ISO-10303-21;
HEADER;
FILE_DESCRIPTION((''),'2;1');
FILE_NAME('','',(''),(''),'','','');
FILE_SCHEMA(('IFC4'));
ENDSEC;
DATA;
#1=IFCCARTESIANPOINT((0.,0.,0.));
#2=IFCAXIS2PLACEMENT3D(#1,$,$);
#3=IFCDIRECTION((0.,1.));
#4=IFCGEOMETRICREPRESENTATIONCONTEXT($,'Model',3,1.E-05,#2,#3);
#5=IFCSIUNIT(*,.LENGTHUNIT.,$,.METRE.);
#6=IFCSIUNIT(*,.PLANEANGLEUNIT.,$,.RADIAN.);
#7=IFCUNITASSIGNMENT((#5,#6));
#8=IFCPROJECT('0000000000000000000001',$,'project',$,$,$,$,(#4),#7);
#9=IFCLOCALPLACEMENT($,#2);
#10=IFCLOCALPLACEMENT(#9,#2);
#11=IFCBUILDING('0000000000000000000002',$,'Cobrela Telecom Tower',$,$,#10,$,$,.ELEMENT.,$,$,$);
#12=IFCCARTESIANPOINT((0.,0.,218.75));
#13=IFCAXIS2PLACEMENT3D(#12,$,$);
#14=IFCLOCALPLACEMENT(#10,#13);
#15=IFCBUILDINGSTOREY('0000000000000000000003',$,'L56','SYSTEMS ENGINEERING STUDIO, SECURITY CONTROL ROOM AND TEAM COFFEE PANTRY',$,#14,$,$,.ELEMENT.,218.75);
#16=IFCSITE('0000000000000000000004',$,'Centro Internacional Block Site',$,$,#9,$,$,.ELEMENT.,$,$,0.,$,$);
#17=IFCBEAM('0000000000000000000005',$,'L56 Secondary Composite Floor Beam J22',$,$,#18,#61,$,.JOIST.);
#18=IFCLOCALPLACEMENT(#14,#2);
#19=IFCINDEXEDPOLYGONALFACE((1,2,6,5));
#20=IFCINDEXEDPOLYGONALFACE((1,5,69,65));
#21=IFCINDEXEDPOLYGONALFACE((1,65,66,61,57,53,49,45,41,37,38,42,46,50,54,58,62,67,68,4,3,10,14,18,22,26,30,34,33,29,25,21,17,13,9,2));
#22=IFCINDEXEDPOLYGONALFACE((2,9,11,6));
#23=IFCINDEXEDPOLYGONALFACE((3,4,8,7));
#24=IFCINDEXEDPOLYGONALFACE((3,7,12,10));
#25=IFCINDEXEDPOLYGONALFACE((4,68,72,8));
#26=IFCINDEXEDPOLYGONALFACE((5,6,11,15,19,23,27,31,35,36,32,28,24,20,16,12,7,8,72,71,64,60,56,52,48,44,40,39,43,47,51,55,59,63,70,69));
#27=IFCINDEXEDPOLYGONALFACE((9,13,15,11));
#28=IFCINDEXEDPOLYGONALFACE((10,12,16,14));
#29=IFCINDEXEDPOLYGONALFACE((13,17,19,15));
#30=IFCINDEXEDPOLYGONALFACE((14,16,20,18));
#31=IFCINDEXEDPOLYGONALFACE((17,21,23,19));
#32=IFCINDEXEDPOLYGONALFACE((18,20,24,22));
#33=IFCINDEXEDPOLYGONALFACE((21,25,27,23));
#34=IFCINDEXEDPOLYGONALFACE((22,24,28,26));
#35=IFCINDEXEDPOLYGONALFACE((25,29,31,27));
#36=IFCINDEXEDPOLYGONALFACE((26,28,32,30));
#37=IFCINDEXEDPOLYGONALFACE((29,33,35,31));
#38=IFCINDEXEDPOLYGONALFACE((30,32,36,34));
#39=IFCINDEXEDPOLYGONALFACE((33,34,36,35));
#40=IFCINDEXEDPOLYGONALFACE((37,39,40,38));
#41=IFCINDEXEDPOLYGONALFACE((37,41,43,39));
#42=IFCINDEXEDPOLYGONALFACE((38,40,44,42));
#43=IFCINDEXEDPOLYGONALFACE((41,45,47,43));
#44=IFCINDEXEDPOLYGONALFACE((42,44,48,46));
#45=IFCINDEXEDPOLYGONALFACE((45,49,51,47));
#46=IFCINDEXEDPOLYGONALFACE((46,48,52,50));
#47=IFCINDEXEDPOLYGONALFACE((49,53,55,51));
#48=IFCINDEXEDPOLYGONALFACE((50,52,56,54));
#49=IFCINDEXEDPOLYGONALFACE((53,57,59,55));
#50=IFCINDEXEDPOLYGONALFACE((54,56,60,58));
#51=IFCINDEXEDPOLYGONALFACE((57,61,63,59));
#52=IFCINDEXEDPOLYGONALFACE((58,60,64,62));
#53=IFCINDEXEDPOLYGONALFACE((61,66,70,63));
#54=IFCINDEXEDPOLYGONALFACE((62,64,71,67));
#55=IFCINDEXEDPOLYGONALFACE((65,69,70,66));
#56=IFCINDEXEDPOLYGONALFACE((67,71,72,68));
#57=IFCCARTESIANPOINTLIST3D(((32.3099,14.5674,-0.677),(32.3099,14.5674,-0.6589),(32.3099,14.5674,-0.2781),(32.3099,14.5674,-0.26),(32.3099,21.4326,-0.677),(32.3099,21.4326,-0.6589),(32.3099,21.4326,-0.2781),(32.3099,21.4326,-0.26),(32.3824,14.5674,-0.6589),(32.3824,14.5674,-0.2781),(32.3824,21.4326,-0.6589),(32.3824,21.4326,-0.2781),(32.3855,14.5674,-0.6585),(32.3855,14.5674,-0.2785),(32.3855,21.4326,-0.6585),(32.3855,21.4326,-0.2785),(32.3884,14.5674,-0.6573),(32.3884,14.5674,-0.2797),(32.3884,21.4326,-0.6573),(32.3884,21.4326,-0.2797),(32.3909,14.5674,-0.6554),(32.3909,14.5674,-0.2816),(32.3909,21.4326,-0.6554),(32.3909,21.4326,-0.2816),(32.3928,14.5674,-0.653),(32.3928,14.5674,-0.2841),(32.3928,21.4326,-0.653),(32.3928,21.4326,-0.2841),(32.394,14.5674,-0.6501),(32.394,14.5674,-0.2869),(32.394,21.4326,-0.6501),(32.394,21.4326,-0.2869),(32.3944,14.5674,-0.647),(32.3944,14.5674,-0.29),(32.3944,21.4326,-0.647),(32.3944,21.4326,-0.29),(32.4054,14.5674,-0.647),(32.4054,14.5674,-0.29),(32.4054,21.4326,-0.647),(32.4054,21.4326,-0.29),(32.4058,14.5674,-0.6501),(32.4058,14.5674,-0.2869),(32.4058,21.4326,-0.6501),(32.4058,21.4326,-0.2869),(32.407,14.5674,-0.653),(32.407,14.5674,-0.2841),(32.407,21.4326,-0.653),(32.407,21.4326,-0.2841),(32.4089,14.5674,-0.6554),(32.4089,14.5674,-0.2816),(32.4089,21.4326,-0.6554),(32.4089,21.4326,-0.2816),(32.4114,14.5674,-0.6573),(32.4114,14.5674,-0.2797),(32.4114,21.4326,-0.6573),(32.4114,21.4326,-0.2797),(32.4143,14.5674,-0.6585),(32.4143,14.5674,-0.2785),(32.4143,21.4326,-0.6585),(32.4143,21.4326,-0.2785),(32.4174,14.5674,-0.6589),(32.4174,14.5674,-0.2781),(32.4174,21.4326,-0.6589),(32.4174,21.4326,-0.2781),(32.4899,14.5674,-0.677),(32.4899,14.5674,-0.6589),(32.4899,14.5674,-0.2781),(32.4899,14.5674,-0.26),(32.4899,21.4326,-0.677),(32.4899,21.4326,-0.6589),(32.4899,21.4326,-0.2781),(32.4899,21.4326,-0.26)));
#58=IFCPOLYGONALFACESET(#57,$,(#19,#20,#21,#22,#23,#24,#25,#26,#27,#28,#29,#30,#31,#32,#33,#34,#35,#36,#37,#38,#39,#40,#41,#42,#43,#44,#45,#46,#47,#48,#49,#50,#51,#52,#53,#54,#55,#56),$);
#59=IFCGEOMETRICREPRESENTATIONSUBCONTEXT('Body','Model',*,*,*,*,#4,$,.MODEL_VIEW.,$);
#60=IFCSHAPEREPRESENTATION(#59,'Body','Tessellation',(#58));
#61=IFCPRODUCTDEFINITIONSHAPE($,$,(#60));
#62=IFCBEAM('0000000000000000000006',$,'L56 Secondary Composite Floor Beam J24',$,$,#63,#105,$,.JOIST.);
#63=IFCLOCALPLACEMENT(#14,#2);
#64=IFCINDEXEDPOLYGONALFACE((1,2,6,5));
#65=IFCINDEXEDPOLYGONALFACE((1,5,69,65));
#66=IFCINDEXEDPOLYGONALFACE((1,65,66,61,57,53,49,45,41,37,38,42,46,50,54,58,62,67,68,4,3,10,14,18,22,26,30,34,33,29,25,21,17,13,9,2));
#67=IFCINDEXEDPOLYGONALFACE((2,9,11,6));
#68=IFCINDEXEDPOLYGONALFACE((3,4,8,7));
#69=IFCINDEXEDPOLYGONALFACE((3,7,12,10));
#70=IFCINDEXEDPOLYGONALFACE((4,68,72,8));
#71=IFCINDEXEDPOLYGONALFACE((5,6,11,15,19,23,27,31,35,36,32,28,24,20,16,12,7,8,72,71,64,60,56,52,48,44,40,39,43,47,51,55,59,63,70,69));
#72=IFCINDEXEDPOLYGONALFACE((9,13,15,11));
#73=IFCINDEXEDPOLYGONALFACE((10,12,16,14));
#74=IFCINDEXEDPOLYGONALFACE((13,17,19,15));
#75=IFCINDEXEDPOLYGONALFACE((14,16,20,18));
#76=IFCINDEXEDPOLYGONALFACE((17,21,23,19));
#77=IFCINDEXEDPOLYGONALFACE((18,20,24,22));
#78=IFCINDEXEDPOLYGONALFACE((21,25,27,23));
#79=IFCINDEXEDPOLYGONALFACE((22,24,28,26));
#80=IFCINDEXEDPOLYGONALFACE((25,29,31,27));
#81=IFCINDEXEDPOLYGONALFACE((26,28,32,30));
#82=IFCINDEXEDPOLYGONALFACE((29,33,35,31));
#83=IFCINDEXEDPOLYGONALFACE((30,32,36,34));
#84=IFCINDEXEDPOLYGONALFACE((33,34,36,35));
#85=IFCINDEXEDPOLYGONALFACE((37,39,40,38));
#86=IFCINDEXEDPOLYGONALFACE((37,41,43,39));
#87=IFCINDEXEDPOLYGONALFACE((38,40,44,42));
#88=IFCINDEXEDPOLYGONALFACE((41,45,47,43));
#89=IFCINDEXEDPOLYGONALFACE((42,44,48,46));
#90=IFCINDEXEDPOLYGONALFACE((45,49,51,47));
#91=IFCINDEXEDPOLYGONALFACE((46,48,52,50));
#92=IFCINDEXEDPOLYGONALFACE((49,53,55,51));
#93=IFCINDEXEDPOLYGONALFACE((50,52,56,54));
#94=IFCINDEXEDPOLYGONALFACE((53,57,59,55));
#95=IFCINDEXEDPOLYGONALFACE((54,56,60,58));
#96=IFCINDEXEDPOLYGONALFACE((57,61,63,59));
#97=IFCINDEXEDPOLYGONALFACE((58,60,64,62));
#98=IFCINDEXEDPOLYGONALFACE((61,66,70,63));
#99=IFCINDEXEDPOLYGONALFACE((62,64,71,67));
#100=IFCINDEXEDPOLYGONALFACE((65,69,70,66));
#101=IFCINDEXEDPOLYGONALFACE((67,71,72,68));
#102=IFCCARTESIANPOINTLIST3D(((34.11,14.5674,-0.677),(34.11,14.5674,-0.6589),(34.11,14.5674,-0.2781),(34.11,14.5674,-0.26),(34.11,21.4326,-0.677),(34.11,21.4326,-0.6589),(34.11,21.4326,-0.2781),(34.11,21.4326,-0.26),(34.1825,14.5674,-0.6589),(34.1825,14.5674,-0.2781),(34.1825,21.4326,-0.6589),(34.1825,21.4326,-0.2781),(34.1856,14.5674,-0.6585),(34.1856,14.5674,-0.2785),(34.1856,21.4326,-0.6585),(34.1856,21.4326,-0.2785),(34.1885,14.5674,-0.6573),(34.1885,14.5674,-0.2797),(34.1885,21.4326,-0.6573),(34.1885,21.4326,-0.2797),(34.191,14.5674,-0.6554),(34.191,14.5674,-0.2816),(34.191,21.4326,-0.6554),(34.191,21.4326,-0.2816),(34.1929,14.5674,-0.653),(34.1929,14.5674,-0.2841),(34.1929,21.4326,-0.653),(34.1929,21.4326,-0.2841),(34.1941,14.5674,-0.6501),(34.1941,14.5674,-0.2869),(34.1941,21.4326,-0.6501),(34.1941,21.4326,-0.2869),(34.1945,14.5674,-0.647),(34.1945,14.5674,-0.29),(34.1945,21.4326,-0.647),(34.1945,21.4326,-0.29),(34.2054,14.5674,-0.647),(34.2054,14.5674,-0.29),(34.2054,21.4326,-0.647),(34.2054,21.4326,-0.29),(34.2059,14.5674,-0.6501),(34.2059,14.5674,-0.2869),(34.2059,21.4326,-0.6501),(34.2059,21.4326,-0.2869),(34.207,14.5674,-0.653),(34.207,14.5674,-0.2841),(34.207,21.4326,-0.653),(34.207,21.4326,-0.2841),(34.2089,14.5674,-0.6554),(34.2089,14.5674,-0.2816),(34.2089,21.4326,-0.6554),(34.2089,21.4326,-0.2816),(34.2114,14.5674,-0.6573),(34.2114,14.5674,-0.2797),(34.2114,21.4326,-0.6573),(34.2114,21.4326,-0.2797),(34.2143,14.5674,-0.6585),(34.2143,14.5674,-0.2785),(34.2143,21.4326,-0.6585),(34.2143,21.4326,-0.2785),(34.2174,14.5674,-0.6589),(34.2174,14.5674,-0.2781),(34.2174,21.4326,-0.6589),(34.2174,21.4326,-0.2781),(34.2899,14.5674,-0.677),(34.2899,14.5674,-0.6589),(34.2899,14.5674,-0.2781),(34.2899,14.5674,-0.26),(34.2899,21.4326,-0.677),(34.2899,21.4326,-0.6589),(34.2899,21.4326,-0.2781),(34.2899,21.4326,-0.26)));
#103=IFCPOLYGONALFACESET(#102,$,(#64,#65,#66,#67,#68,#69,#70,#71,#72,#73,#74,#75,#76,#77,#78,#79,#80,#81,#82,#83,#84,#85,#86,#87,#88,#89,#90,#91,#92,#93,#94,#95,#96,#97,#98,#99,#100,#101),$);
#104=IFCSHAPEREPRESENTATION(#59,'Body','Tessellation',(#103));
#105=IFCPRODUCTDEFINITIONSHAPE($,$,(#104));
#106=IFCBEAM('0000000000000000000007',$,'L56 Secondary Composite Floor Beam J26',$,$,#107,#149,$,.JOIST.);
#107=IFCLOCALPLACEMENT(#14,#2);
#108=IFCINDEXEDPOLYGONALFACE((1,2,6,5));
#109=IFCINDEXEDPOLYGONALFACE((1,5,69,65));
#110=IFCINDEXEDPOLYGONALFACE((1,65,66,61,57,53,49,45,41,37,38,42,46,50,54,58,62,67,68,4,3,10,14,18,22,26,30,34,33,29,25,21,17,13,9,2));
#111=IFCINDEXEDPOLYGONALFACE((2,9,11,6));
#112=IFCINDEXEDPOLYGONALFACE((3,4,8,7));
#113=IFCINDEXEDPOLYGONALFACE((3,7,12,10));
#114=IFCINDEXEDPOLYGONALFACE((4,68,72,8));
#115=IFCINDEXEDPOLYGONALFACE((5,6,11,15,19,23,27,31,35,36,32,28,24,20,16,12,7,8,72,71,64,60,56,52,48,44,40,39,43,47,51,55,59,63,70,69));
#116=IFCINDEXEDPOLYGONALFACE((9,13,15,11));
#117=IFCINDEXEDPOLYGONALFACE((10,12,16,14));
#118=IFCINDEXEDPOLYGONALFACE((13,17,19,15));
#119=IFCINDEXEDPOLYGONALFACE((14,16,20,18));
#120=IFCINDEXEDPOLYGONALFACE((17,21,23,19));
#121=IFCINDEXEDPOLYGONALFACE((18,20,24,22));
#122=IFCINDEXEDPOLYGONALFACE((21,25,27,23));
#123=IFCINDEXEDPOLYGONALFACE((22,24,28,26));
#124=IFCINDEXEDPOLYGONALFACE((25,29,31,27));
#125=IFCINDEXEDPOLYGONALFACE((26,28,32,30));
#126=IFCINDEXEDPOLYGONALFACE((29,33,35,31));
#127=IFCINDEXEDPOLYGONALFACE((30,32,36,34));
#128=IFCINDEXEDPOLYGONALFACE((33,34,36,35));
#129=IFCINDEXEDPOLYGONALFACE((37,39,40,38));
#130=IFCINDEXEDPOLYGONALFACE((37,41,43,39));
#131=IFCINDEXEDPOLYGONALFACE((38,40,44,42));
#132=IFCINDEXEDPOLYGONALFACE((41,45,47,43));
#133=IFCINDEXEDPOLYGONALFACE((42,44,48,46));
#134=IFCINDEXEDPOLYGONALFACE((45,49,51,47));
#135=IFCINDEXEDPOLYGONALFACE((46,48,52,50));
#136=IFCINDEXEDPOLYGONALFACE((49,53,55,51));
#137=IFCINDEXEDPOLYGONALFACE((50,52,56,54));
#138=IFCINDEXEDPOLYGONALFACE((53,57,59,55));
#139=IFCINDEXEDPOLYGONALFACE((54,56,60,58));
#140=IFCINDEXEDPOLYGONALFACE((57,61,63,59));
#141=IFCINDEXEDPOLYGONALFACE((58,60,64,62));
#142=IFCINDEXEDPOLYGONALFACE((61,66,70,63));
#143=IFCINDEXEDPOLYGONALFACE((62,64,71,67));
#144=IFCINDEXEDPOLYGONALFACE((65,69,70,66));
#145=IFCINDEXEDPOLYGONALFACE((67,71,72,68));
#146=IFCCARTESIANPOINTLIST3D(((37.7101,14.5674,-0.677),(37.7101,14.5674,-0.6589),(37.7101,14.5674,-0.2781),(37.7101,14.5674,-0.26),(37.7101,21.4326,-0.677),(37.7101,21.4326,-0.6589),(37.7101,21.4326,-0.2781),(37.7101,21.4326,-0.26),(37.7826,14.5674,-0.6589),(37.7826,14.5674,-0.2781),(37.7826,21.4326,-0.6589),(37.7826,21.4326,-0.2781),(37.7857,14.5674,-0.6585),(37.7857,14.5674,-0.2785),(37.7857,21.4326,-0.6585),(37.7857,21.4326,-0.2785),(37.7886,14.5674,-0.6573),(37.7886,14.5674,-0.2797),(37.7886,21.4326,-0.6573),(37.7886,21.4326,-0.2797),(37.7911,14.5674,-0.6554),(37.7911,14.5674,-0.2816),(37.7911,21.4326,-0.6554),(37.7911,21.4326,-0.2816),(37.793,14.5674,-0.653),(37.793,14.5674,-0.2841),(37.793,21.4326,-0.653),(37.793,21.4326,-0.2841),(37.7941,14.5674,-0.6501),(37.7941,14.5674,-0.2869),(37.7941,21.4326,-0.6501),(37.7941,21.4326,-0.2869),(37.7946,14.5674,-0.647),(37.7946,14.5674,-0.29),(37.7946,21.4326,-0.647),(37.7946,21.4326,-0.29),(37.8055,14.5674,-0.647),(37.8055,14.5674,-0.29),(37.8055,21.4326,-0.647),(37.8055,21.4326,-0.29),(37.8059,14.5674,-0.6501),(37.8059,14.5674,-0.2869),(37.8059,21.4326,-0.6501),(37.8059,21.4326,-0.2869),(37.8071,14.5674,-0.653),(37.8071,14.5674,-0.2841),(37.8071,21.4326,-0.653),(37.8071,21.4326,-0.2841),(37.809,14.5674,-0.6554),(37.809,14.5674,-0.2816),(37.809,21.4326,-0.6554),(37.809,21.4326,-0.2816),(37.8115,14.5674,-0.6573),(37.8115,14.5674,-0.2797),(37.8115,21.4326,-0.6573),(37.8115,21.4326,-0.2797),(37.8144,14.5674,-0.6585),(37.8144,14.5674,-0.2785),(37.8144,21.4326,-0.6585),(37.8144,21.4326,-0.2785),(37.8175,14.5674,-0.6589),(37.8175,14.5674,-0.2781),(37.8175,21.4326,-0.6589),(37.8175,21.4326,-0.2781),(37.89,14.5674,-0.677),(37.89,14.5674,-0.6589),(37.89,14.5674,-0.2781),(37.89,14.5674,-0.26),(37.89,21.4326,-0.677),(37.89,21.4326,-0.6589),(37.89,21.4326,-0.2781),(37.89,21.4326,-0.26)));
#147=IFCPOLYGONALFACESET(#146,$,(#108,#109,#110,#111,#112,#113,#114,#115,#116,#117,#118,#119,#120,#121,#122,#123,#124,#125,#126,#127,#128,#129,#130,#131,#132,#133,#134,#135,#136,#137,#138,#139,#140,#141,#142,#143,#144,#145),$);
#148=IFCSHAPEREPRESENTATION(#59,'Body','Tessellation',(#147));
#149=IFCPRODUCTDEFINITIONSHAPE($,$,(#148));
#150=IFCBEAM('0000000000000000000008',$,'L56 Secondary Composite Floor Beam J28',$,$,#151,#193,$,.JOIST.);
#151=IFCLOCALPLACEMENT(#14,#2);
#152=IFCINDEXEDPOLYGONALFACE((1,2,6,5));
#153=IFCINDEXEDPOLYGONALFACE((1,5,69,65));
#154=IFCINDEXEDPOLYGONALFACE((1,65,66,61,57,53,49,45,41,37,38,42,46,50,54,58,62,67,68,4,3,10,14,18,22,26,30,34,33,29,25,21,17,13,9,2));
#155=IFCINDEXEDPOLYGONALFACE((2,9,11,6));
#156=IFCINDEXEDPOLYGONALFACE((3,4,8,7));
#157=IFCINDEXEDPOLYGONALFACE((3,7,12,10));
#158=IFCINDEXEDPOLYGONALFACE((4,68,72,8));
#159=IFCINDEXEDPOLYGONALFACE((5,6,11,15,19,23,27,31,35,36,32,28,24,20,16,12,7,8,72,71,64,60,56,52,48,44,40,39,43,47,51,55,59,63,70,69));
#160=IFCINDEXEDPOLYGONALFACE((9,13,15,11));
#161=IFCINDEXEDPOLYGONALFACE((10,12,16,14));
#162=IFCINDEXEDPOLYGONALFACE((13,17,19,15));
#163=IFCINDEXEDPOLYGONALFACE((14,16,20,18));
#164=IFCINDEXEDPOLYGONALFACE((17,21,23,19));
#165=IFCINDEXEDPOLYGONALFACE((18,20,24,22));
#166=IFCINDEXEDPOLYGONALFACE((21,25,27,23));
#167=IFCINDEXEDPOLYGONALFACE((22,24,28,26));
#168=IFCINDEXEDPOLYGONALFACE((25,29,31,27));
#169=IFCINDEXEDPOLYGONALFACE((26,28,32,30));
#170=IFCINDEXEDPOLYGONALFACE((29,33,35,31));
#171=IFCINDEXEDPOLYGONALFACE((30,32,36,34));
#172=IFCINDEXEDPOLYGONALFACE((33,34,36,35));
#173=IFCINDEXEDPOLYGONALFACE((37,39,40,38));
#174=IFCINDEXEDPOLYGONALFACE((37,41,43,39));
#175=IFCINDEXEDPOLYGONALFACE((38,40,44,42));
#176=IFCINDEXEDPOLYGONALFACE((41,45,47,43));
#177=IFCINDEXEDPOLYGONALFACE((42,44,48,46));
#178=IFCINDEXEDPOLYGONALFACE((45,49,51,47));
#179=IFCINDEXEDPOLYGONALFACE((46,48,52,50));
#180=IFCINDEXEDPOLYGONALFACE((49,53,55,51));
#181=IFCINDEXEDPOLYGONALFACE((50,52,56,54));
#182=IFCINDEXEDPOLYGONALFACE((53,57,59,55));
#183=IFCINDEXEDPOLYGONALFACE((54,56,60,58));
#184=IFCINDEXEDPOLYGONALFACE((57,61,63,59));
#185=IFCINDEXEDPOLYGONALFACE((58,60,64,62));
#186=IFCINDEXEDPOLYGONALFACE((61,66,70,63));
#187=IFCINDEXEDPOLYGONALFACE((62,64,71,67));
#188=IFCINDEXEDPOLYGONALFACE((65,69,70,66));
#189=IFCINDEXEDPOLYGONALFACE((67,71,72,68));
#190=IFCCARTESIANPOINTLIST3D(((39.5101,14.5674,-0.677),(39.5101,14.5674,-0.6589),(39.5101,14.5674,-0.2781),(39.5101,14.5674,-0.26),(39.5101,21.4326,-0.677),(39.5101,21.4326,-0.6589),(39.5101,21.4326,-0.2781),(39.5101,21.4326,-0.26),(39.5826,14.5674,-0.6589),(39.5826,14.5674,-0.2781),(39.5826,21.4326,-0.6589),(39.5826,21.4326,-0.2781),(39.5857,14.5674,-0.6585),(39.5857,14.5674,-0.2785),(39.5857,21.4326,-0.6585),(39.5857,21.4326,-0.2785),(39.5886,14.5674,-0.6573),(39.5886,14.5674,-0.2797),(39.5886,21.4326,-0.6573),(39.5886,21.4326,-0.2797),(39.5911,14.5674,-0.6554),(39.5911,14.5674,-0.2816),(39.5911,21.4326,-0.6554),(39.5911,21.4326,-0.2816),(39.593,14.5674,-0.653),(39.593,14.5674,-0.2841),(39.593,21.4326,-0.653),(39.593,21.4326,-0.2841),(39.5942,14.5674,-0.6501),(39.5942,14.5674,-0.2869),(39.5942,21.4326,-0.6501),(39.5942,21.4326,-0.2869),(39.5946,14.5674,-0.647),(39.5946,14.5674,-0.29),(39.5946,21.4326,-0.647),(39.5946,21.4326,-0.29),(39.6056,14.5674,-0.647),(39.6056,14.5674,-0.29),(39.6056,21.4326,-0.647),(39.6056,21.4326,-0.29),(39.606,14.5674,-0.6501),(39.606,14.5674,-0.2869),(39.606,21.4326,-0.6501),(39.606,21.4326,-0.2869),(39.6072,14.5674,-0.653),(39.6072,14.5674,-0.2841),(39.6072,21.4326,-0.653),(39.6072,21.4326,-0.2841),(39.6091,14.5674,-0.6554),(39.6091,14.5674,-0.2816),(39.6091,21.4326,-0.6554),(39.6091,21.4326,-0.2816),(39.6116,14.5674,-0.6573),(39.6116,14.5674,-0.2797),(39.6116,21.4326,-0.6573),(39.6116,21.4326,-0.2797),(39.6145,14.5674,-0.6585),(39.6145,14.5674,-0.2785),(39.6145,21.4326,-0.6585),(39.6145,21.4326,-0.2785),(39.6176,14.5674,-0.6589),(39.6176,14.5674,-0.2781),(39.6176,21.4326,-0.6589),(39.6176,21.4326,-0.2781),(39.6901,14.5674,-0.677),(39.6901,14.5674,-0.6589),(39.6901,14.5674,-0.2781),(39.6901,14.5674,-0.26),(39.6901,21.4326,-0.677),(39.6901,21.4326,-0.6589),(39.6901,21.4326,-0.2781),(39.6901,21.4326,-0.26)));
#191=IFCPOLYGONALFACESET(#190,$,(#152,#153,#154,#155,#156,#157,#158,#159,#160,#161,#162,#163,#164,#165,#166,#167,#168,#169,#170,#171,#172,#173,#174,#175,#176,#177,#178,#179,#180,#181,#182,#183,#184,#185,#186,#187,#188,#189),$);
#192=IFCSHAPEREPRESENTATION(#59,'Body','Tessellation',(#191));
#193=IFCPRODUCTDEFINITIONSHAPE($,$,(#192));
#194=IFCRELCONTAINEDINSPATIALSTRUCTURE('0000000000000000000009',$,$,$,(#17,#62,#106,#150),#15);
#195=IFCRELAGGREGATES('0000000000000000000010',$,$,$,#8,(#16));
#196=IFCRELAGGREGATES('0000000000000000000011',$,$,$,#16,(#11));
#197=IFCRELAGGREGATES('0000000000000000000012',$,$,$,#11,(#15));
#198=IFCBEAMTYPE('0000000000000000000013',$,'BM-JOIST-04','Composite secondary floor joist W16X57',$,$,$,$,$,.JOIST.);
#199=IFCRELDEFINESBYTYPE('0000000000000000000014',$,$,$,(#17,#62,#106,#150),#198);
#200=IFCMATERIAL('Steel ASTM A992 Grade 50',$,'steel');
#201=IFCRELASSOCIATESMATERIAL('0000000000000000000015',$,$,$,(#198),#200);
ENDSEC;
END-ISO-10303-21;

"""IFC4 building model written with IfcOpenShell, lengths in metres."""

from ifc_helpers import new_model, si_unit, direction, frame, origin, origin_2d, place, context, subcontext, project, spatial, i_section, extrude, material, material_profile, profile_set, type_object, element, save


model = new_model("IFC4")

# Units and contexts
model_context = context("Model", 3, precision=1e-05, world=origin(), true_north=direction((0.0, 1.0)))
body_context = subcontext(model_context, "Body", "Model", "MODEL_VIEW")
ifc_project = project(units=[si_unit("LENGTHUNIT", "METRE"), si_unit("PLANEANGLEUNIT", "RADIAN")], contexts=[model_context])

# Site, building, storey
site_placement = place(None, origin())
site = spatial("IfcSite", under=ifc_project, at=site_placement, Name="Centro Internacional Block Site", CompositionType="ELEMENT", RefElevation=0.0)
building_placement = place(site_placement, origin())
building = spatial("IfcBuilding", under=site, at=building_placement, Name="Cobrela Telecom Tower", CompositionType="ELEMENT")
storey_placement = place(building_placement, frame((0.0, 0.0, 218.75)))
storey = spatial("IfcBuildingStorey", under=building, at=storey_placement, Name="L56", Description="SYSTEMS ENGINEERING STUDIO, SECURITY CONTROL ROOM AND TEAM COFFEE PANTRY", CompositionType="ELEMENT", Elevation=218.75)

# Shared definitions
ifc_material_1 = material(Name="Steel ASTM A992 Grade 50", Category="steel")

# Beams
ifc_material_profile_1 = material_profile(ifc_material_1, i_section(OverallWidth=0.1799, OverallDepth=0.417, WebThickness=0.011, FlangeThickness=0.0181, FilletRadius=0.012, at=origin_2d()), Name="W16X57")
ifc_profile_set_1 = profile_set([ifc_material_profile_1], Name="Steel ASTM A992 Grade 50")
beam_type_1 = type_object("IfcBeamType", Name="BM-JOIST-04", Description="Composite secondary floor joist W16X57", PredefinedType="JOIST", material=ifc_profile_set_1)
for number, where, z_axis, x_axis, name in (
    (1, (32.3999, 14.5674, -0.4685), (0.0, 1.0, 0.0), (-1.0, 0.0, 0.0), "L56 Secondary Composite Floor Beam J22"),
    (2, (34.2, 14.5674, -0.4685), (0.0, 1.0, 0.0), (-1.0, 0.0, 0.0), "L56 Secondary Composite Floor Beam J24"),
    (3, (37.8, 14.5674, -0.4685), (0.0, 1.0, 0.0), (-1.0, 0.0, 0.0), "L56 Secondary Composite Floor Beam J26"),
    (4, (39.6001, 14.5674, -0.4685), (0.0, 1.0, 0.0), (-1.0, 0.0, 0.0), "L56 Secondary Composite Floor Beam J28"),
):
    element("IfcBeam", number, at=place(storey_placement, frame(where, z_axis=z_axis, x_axis=x_axis)), inside=storey, type_object=beam_type_1, Name=name, PredefinedType="JOIST", context=body_context, shape_type="SweptSolid", body=[
        extrude(i_section(OverallWidth=0.1799, OverallDepth=0.417, WebThickness=0.011, FlangeThickness=0.0181, FilletRadius=0.012, at=origin_2d()), origin(), (0.0, 0.0, 1.0), 6.8652),
    ])

save(model, "model.ifc")
